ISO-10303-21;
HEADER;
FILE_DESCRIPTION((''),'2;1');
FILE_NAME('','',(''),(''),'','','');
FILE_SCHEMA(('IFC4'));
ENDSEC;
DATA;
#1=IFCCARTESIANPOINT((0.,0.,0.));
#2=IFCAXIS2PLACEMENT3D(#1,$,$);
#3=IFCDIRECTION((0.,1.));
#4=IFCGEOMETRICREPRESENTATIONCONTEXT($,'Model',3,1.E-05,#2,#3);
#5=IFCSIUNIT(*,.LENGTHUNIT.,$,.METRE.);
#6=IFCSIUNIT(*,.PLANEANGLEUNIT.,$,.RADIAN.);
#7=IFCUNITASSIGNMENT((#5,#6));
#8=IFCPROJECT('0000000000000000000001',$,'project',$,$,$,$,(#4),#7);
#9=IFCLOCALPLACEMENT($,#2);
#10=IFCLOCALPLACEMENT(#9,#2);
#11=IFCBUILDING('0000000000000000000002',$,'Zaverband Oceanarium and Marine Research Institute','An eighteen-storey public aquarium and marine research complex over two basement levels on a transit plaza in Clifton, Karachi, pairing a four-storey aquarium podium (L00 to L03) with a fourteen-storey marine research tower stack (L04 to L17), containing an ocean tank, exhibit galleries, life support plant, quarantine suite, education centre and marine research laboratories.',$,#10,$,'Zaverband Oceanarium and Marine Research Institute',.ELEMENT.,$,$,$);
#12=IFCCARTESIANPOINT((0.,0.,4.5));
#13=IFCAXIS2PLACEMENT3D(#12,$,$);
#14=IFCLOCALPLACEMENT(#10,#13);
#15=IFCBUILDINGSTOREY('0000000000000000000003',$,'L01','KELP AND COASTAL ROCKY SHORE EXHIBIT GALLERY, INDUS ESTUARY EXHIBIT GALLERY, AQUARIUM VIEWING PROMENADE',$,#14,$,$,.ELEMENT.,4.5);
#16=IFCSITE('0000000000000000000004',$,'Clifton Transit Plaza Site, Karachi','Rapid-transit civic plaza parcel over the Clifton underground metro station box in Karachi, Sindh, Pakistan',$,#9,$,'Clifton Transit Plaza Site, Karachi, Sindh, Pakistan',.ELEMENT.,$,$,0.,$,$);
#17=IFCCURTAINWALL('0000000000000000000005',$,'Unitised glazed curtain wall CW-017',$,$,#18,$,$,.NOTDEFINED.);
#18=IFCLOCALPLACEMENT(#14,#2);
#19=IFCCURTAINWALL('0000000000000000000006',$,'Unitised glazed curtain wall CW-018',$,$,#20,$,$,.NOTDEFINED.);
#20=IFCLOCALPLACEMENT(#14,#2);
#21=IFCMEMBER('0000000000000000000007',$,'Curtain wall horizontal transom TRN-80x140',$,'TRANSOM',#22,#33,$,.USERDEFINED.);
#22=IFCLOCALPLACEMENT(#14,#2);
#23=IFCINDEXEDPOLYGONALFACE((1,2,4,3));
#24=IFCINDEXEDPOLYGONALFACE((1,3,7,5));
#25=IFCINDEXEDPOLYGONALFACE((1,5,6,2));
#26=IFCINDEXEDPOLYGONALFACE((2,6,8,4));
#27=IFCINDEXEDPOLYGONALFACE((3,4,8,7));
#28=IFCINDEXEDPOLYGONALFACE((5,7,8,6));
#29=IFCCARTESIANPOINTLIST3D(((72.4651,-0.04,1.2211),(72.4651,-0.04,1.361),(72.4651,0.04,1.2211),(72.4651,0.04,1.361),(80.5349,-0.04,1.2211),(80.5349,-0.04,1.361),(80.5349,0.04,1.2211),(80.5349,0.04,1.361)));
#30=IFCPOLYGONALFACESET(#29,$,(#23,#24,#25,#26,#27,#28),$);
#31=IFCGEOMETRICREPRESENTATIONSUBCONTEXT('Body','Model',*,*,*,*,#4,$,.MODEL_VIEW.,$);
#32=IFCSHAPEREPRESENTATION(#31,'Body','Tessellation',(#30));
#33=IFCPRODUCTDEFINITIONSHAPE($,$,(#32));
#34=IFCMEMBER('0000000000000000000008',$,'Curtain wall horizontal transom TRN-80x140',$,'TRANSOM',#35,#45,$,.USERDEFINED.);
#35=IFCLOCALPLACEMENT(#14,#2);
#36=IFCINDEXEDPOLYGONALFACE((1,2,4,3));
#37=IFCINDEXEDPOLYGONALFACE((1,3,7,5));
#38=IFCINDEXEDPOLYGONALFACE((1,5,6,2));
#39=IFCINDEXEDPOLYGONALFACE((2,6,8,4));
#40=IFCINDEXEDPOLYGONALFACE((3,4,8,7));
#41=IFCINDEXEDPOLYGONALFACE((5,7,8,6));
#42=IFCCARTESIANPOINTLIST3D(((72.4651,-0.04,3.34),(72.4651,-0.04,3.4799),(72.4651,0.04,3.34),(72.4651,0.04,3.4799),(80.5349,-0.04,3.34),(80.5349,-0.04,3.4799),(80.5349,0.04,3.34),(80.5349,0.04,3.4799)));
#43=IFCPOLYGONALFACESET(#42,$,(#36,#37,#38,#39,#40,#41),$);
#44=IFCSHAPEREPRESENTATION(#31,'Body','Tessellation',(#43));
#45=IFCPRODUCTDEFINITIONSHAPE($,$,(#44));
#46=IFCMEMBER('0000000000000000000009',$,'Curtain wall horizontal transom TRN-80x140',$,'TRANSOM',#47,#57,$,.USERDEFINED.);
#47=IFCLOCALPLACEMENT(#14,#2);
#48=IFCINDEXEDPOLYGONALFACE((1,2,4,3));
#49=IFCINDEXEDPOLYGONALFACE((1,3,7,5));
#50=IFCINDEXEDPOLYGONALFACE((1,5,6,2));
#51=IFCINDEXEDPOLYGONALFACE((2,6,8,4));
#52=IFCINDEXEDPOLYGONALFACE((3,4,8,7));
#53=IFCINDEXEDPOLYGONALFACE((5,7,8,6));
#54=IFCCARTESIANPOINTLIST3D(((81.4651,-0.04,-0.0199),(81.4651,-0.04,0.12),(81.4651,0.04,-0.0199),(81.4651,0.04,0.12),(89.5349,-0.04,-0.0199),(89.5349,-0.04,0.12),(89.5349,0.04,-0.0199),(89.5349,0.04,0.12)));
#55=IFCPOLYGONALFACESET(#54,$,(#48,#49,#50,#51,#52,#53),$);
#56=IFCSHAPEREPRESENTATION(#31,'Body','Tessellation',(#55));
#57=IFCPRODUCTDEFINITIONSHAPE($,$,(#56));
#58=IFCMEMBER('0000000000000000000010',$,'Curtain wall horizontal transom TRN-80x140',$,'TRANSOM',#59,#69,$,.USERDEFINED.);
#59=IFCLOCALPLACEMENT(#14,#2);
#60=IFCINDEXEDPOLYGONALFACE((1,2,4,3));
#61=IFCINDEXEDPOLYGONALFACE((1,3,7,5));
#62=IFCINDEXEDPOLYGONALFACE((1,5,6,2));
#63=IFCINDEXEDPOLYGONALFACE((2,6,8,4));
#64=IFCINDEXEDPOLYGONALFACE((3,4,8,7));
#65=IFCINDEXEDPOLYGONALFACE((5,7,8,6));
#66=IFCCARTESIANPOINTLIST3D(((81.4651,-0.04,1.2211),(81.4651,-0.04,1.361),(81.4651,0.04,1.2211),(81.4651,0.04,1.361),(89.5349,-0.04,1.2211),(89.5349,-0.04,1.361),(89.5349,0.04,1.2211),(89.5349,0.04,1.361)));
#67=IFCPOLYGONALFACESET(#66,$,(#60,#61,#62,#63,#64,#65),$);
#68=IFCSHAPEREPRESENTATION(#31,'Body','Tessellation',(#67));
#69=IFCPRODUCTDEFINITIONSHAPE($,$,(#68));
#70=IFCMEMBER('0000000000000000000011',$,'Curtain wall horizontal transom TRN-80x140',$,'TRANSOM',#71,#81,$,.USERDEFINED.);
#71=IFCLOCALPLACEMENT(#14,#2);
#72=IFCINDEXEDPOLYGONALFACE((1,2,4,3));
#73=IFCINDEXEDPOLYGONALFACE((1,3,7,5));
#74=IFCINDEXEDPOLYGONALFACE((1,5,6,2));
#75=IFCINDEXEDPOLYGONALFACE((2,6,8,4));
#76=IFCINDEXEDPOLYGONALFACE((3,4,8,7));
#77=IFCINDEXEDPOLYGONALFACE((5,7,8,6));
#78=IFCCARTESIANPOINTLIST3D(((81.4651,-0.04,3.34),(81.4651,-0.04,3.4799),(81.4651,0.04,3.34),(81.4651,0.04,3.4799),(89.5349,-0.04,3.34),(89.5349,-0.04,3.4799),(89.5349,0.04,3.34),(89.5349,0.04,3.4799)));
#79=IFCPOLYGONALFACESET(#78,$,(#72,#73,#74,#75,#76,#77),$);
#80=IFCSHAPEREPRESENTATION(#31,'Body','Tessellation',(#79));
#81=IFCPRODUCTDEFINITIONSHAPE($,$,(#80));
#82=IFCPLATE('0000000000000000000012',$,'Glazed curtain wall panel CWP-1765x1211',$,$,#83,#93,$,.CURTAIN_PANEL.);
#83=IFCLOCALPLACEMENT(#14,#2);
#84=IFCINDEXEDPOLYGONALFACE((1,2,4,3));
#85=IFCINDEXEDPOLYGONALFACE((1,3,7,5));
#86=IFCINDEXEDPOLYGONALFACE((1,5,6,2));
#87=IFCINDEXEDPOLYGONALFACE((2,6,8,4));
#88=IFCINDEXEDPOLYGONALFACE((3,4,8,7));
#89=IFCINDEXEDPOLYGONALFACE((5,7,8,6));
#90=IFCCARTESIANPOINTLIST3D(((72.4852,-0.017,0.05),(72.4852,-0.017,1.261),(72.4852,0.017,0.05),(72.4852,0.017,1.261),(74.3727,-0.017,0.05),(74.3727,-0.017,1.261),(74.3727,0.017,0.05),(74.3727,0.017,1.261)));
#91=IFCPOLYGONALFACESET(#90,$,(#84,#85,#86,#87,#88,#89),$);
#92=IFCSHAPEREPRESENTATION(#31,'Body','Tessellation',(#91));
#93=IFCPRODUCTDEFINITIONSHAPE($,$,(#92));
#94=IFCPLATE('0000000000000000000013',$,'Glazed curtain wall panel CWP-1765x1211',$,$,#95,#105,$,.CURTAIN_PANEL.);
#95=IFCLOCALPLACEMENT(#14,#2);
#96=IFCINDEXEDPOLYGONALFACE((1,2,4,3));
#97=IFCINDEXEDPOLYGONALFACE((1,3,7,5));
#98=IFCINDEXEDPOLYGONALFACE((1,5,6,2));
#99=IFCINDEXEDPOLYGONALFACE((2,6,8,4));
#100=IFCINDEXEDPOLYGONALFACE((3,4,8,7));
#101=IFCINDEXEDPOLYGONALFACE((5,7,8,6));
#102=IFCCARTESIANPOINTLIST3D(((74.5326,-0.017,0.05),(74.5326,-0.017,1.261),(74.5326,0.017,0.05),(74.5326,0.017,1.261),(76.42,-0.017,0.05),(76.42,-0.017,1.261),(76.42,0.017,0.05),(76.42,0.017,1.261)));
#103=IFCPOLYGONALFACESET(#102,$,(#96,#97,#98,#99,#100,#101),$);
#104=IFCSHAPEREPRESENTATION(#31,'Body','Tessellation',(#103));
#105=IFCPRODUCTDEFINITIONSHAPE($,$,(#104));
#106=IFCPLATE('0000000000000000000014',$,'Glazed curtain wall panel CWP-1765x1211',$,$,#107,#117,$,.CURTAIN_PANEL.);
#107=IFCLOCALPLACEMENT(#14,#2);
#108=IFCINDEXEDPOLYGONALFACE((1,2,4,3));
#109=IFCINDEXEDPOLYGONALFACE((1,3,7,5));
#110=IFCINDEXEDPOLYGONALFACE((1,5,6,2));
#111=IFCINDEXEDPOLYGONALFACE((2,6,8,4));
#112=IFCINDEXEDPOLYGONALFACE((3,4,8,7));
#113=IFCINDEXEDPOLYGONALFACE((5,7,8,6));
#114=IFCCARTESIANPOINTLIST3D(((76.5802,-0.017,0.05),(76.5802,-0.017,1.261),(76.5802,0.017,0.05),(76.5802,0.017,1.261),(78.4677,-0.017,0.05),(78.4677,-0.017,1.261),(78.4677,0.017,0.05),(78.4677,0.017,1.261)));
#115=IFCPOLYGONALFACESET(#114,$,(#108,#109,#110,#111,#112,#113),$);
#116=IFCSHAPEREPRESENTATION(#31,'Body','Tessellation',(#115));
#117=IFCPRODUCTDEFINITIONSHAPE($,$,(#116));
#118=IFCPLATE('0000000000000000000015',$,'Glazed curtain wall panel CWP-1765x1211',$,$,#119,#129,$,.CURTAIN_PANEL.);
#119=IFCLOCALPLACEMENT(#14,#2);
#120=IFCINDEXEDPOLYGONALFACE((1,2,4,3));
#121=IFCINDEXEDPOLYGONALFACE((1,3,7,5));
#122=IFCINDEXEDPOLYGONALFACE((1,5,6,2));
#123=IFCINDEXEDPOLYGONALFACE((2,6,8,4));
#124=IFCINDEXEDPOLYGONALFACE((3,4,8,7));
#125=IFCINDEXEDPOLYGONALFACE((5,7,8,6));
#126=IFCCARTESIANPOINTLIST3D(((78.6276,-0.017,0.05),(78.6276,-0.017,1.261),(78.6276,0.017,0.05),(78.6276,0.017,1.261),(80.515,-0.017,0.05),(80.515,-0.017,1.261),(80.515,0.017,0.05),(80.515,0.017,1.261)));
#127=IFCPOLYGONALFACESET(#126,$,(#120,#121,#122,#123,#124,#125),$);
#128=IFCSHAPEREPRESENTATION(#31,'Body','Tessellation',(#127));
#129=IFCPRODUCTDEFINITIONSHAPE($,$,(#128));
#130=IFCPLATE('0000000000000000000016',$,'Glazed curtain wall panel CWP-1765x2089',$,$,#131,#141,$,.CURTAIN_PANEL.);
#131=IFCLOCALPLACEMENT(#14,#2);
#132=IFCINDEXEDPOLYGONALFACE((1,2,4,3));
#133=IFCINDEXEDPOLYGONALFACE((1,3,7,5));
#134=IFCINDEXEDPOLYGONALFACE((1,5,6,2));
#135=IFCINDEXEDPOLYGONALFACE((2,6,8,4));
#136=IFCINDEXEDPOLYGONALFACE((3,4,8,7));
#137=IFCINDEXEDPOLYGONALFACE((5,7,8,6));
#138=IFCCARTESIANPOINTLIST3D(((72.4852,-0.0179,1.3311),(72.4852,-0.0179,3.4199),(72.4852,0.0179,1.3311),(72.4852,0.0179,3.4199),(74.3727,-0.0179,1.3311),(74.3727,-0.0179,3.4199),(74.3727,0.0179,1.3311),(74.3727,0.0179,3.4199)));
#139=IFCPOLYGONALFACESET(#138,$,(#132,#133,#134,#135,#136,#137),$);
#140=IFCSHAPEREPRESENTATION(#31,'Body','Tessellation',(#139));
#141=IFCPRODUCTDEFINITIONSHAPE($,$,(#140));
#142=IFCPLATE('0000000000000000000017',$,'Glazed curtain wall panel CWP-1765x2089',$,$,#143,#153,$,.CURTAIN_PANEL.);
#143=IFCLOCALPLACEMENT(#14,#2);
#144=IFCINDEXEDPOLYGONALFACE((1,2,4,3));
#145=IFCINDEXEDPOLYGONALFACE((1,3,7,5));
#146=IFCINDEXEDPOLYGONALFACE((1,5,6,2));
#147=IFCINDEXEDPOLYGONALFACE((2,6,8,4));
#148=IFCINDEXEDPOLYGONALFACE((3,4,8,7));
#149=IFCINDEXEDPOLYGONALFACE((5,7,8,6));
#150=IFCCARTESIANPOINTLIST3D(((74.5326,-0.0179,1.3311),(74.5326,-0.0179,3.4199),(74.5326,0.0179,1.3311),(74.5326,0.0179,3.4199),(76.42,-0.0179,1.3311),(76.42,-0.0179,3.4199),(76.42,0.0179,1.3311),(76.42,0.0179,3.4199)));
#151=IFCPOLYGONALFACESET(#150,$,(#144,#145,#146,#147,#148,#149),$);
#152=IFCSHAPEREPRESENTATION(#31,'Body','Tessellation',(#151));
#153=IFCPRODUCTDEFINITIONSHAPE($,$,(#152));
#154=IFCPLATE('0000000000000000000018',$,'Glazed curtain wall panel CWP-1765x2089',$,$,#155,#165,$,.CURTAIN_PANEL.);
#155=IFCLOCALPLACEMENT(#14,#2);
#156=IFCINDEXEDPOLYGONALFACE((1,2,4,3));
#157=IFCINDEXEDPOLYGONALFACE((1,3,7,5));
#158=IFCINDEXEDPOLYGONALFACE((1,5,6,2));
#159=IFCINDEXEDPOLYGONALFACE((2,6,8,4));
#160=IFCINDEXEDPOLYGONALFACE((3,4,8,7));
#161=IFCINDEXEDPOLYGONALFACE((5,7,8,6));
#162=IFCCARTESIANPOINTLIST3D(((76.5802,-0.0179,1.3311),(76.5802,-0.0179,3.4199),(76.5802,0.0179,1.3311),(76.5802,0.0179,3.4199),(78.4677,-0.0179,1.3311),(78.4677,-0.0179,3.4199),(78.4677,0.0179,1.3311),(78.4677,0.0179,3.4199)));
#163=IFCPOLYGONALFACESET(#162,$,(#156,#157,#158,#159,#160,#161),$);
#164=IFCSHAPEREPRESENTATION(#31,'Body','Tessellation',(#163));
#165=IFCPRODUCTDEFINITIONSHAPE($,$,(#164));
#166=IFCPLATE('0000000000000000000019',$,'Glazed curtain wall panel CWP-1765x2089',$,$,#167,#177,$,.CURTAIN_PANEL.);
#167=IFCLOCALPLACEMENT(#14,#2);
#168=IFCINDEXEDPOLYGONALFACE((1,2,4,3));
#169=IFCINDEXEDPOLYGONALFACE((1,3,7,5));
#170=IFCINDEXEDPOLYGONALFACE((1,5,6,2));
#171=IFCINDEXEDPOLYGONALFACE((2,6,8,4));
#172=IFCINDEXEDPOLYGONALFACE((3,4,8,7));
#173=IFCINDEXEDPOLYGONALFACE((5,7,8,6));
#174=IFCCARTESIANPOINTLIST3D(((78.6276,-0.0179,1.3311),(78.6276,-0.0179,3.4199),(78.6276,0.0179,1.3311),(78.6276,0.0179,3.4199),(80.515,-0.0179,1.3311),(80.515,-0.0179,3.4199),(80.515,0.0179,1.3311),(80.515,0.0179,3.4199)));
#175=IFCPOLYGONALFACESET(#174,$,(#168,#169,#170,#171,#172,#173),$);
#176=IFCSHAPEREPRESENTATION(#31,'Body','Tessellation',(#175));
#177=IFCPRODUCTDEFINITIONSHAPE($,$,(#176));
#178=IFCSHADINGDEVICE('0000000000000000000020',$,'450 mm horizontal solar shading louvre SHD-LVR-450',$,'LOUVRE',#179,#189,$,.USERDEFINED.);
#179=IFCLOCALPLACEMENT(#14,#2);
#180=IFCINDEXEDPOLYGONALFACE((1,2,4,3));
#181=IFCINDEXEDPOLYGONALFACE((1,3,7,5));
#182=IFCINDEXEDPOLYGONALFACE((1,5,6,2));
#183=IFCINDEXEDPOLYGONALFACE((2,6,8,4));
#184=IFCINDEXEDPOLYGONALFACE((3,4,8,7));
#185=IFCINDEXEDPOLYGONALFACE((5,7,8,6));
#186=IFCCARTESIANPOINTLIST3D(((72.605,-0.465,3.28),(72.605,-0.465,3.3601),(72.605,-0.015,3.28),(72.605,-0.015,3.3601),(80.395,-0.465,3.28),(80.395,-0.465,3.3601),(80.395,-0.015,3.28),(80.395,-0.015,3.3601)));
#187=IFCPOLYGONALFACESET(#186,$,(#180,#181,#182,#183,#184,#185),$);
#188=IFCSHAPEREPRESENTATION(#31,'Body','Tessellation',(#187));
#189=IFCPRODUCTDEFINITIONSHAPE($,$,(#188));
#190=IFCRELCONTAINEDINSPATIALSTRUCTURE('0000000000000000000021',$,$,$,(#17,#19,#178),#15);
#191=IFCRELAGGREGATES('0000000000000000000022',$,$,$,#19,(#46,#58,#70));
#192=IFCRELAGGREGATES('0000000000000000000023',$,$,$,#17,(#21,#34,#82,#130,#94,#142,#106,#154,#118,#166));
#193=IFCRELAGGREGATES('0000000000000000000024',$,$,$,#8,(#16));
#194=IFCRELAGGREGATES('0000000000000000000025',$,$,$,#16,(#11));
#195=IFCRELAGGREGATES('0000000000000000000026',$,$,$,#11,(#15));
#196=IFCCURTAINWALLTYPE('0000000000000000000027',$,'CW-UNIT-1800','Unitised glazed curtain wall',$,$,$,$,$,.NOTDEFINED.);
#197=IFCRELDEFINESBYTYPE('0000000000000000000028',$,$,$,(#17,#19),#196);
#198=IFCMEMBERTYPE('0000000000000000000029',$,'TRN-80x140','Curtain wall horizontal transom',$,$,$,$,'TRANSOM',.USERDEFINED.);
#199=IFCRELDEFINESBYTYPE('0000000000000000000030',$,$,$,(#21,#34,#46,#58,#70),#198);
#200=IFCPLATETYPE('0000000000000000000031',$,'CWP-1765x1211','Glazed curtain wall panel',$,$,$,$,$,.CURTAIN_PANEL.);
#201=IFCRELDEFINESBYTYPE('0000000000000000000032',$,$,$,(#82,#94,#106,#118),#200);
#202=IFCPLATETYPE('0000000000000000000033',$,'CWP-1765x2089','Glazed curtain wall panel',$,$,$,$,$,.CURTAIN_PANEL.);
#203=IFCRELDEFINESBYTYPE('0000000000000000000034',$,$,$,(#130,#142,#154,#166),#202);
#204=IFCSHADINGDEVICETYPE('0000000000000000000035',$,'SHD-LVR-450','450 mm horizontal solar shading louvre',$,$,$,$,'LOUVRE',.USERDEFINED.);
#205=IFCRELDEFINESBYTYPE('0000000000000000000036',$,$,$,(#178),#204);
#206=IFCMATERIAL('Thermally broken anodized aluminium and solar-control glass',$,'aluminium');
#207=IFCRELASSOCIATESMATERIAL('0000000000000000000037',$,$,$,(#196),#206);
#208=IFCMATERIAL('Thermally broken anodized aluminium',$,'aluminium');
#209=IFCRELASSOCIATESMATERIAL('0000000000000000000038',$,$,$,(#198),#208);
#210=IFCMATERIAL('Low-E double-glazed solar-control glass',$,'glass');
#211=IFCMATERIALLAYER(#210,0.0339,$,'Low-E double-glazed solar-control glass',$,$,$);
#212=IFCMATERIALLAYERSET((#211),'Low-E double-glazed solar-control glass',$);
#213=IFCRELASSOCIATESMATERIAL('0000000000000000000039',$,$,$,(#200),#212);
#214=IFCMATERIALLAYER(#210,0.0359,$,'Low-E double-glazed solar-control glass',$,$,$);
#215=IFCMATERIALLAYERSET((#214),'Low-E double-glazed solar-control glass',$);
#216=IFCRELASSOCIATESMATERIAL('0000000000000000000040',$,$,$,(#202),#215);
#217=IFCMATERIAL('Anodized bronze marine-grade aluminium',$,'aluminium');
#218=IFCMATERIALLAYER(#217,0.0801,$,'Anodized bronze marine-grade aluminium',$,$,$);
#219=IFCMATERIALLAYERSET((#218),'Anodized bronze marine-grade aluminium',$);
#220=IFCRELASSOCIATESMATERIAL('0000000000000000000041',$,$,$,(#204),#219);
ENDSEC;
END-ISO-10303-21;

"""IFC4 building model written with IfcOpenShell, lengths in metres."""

from ifc_helpers import new_model, si_unit, direction, frame, frame_2d, origin, origin_2d, place, context, subcontext, project, spatial, rectangle, extrude, material, layer, layer_set, material_profile, profile_set, type_object, element, aggregate, save


model = new_model("IFC4")

# Units and contexts
model_context = context("Model", 3, precision=1e-05, world=origin(), true_north=direction((0.0, 1.0)))
body_context = subcontext(model_context, "Body", "Model", "MODEL_VIEW")
ifc_project = project(units=[si_unit("LENGTHUNIT", "METRE"), si_unit("PLANEANGLEUNIT", "RADIAN")], contexts=[model_context])

# Site, building, storey
site_placement = place(None, origin())
site = spatial("IfcSite", under=ifc_project, at=site_placement, Name="Clifton Transit Plaza Site, Karachi", Description="Rapid-transit civic plaza parcel over the Clifton underground metro station box in Karachi, Sindh, Pakistan", LongName="Clifton Transit Plaza Site, Karachi, Sindh, Pakistan", CompositionType="ELEMENT", RefElevation=0.0)
building_placement = place(site_placement, origin())
building = spatial("IfcBuilding", under=site, at=building_placement, Name="Zaverband Oceanarium and Marine Research Institute", Description="An eighteen-storey public aquarium and marine research complex over two basement levels on a transit plaza in Clifton, Karachi, pairing a four-storey aquarium podium (L00 to L03) with a fourteen-storey marine research tower stack (L04 to L17), containing an ocean tank, exhibit galleries, life support plant, quarantine suite, education centre and marine research laboratories.", LongName="Zaverband Oceanarium and Marine Research Institute", CompositionType="ELEMENT")
storey_placement = place(building_placement, frame((0.0, 0.0, 4.5)))
storey = spatial("IfcBuildingStorey", under=building, at=storey_placement, Name="L01", Description="KELP AND COASTAL ROCKY SHORE EXHIBIT GALLERY, INDUS ESTUARY EXHIBIT GALLERY, AQUARIUM VIEWING PROMENADE", CompositionType="ELEMENT", Elevation=4.5)

# Curtain wall
ifc_material_1 = material(Name="Thermally broken anodized aluminium and solar-control glass", Category="aluminium")
curtain_wall_type = type_object("IfcCurtainWallType", Name="CW-UNIT-1800", Description="Unitised glazed curtain wall", PredefinedType="NOTDEFINED", material=ifc_material_1)
curtain_wall_1_placement = place(storey_placement, origin())
curtain_wall_1 = element("IfcCurtainWall", 1, at=curtain_wall_1_placement, inside=storey, type_object=curtain_wall_type, Name="Unitised glazed curtain wall CW-017", PredefinedType="NOTDEFINED")
ifc_material_2 = material(Name="Thermally broken anodized aluminium", Category="aluminium")

# Curtain wall
curtain_wall_2_placement = place(storey_placement, origin())
curtain_wall_2 = element("IfcCurtainWall", 2, at=curtain_wall_2_placement, inside=storey, type_object=curtain_wall_type, Name="Unitised glazed curtain wall CW-018", PredefinedType="NOTDEFINED")

# Members
ifc_material_profile_1 = material_profile(ifc_material_2, rectangle(XDim=0.0801, YDim=0.1399, at=origin_2d()), Name="AL-TRN-80x140")
ifc_profile_set_1 = profile_set([ifc_material_profile_1], Name="Thermally broken anodized aluminium")
member_type_1 = type_object("IfcMemberType", Name="TRN-80x140", Description="Curtain wall horizontal transom", ElementType="TRANSOM", PredefinedType="USERDEFINED", material=ifc_profile_set_1)
member_1_placement = place(storey_placement, frame((72.4651, 0.0, 1.291), z_axis=(1.0, 0.0, 0.0), x_axis=(0.0, 1.0, 0.0)))
member_1 = element("IfcMember", 3, at=member_1_placement, type_object=member_type_1, Name="Curtain wall horizontal transom TRN-80x140", ObjectType="TRANSOM", PredefinedType="USERDEFINED", context=body_context, shape_type="SweptSolid", body=[
    extrude(rectangle(XDim=0.0801, YDim=0.1399, at=origin_2d()), origin(), (0.0, 0.0, 1.0), 8.0698),
])
member_2_placement = place(storey_placement, frame((72.4651, 0.0, 3.4099), z_axis=(1.0, 0.0, 0.0), x_axis=(0.0, 1.0, 0.0)))
member_2 = element("IfcMember", 4, at=member_2_placement, type_object=member_type_1, Name="Curtain wall horizontal transom TRN-80x140", ObjectType="TRANSOM", PredefinedType="USERDEFINED", context=body_context, shape_type="SweptSolid", body=[
    extrude(rectangle(XDim=0.0801, YDim=0.1399, at=origin_2d()), origin(), (0.0, 0.0, 1.0), 8.0698),
])
member_3_placement = place(storey_placement, frame((81.4651, 0.0, 0.05), z_axis=(1.0, 0.0, 0.0), x_axis=(0.0, 1.0, 0.0)))
member_3 = element("IfcMember", 5, at=member_3_placement, type_object=member_type_1, Name="Curtain wall horizontal transom TRN-80x140", ObjectType="TRANSOM", PredefinedType="USERDEFINED", context=body_context, shape_type="SweptSolid", body=[
    extrude(rectangle(XDim=0.0801, YDim=0.1399, at=origin_2d()), origin(), (0.0, 0.0, 1.0), 8.0698),
])
member_4_placement = place(storey_placement, frame((81.4651, 0.0, 1.291), z_axis=(1.0, 0.0, 0.0), x_axis=(0.0, 1.0, 0.0)))
member_4 = element("IfcMember", 6, at=member_4_placement, type_object=member_type_1, Name="Curtain wall horizontal transom TRN-80x140", ObjectType="TRANSOM", PredefinedType="USERDEFINED", context=body_context, shape_type="SweptSolid", body=[
    extrude(rectangle(XDim=0.0801, YDim=0.1399, at=origin_2d()), origin(), (0.0, 0.0, 1.0), 8.0698),
])
member_5_placement = place(storey_placement, frame((81.4651, 0.0, 3.4099), z_axis=(1.0, 0.0, 0.0), x_axis=(0.0, 1.0, 0.0)))
member_5 = element("IfcMember", 7, at=member_5_placement, type_object=member_type_1, Name="Curtain wall horizontal transom TRN-80x140", ObjectType="TRANSOM", PredefinedType="USERDEFINED", context=body_context, shape_type="SweptSolid", body=[
    extrude(rectangle(XDim=0.0801, YDim=0.1399, at=origin_2d()), origin(), (0.0, 0.0, 1.0), 8.0698),
])
aggregate(curtain_wall_2, [member_3, member_4, member_5])

# Plates
ifc_material_3 = material(Name="Low-E double-glazed solar-control glass", Category="glass")
ifc_layer_1 = layer(ifc_material_3, 0.0339, Name="Low-E double-glazed solar-control glass")
ifc_layer_set_1 = layer_set([ifc_layer_1], Name="Low-E double-glazed solar-control glass")
plate_type_1 = type_object("IfcPlateType", Name="CWP-1765x1211", Description="Glazed curtain wall panel", PredefinedType="CURTAIN_PANEL", material=ifc_layer_set_1)
plate_1_placement = place(storey_placement, frame((72.4851, 0.0, 0.05), z_axis=(0.0, 0.0, 1.0), x_axis=(1.0, 0.0, 0.0)))
plate_1 = element("IfcPlate", 8, at=plate_1_placement, type_object=plate_type_1, Name="Glazed curtain wall panel CWP-1765x1211", PredefinedType="CURTAIN_PANEL", context=body_context, shape_type="SweptSolid", body=[
    extrude(rectangle(XDim=1.8875, YDim=0.0339, at=frame_2d((0.9438, 0.0))), origin(), (0.0, 0.0, 1.0), 1.2109),
])
plate_2_placement = place(storey_placement, frame((74.5325, 0.0, 0.05), z_axis=(0.0, 0.0, 1.0), x_axis=(1.0, 0.0, 0.0)))
plate_2 = element("IfcPlate", 9, at=plate_2_placement, type_object=plate_type_1, Name="Glazed curtain wall panel CWP-1765x1211", PredefinedType="CURTAIN_PANEL", context=body_context, shape_type="SweptSolid", body=[
    extrude(rectangle(XDim=1.8875, YDim=0.0339, at=frame_2d((0.9438, 0.0))), origin(), (0.0, 0.0, 1.0), 1.2109),
])
plate_3_placement = place(storey_placement, frame((76.5801, 0.0, 0.05), z_axis=(0.0, 0.0, 1.0), x_axis=(1.0, 0.0, 0.0)))
plate_3 = element("IfcPlate", 10, at=plate_3_placement, type_object=plate_type_1, Name="Glazed curtain wall panel CWP-1765x1211", PredefinedType="CURTAIN_PANEL", context=body_context, shape_type="SweptSolid", body=[
    extrude(rectangle(XDim=1.8875, YDim=0.0339, at=frame_2d((0.9438, 0.0))), origin(), (0.0, 0.0, 1.0), 1.2109),
])
plate_4_placement = place(storey_placement, frame((78.6274, 0.0, 0.05), z_axis=(0.0, 0.0, 1.0), x_axis=(1.0, 0.0, 0.0)))
plate_4 = element("IfcPlate", 11, at=plate_4_placement, type_object=plate_type_1, Name="Glazed curtain wall panel CWP-1765x1211", PredefinedType="CURTAIN_PANEL", context=body_context, shape_type="SweptSolid", body=[
    extrude(rectangle(XDim=1.8875, YDim=0.0339, at=frame_2d((0.9438, 0.0))), origin(), (0.0, 0.0, 1.0), 1.2109),
])
ifc_layer_2 = layer(ifc_material_3, 0.0359, Name="Low-E double-glazed solar-control glass")
ifc_layer_set_2 = layer_set([ifc_layer_2], Name="Low-E double-glazed solar-control glass")
plate_type_2 = type_object("IfcPlateType", Name="CWP-1765x2089", Description="Glazed curtain wall panel", PredefinedType="CURTAIN_PANEL", material=ifc_layer_set_2)
plate_5_placement = place(storey_placement, frame((72.4851, 0.0, 1.3311), z_axis=(0.0, 0.0, 1.0), x_axis=(1.0, 0.0, 0.0)))
plate_5 = element("IfcPlate", 12, at=plate_5_placement, type_object=plate_type_2, Name="Glazed curtain wall panel CWP-1765x2089", PredefinedType="CURTAIN_PANEL", context=body_context, shape_type="SweptSolid", body=[
    extrude(rectangle(XDim=1.8875, YDim=0.0359, at=frame_2d((0.9438, 0.0))), origin(), (0.0, 0.0, 1.0), 2.0889),
])
plate_6_placement = place(storey_placement, frame((74.5325, 0.0, 1.3311), z_axis=(0.0, 0.0, 1.0), x_axis=(1.0, 0.0, 0.0)))
plate_6 = element("IfcPlate", 13, at=plate_6_placement, type_object=plate_type_2, Name="Glazed curtain wall panel CWP-1765x2089", PredefinedType="CURTAIN_PANEL", context=body_context, shape_type="SweptSolid", body=[
    extrude(rectangle(XDim=1.8875, YDim=0.0359, at=frame_2d((0.9438, 0.0))), origin(), (0.0, 0.0, 1.0), 2.0889),
])
plate_7_placement = place(storey_placement, frame((76.5801, 0.0, 1.3311), z_axis=(0.0, 0.0, 1.0), x_axis=(1.0, 0.0, 0.0)))
plate_7 = element("IfcPlate", 14, at=plate_7_placement, type_object=plate_type_2, Name="Glazed curtain wall panel CWP-1765x2089", PredefinedType="CURTAIN_PANEL", context=body_context, shape_type="SweptSolid", body=[
    extrude(rectangle(XDim=1.8875, YDim=0.0359, at=frame_2d((0.9438, 0.0))), origin(), (0.0, 0.0, 1.0), 2.0889),
])
plate_8_placement = place(storey_placement, frame((78.6274, 0.0, 1.3311), z_axis=(0.0, 0.0, 1.0), x_axis=(1.0, 0.0, 0.0)))
plate_8 = element("IfcPlate", 15, at=plate_8_placement, type_object=plate_type_2, Name="Glazed curtain wall panel CWP-1765x2089", PredefinedType="CURTAIN_PANEL", context=body_context, shape_type="SweptSolid", body=[
    extrude(rectangle(XDim=1.8875, YDim=0.0359, at=frame_2d((0.9438, 0.0))), origin(), (0.0, 0.0, 1.0), 2.0889),
])
aggregate(curtain_wall_1, [member_1, member_2, plate_1, plate_5, plate_2, plate_6, plate_3, plate_7, plate_4, plate_8])

# Shading device
ifc_material_4 = material(Name="Anodized bronze marine-grade aluminium", Category="aluminium")
ifc_layer_3 = layer(ifc_material_4, 0.0801, Name="Anodized bronze marine-grade aluminium")
ifc_layer_set_3 = layer_set([ifc_layer_3], Name="Anodized bronze marine-grade aluminium")
shading_device_type = type_object("IfcShadingDeviceType", Name="SHD-LVR-450", Description="450 mm horizontal solar shading louvre", ElementType="LOUVRE", PredefinedType="USERDEFINED", material=ifc_layer_set_3)
shading_device_placement = place(storey_placement, frame((72.605, -0.24, 3.28), z_axis=(0.0, 0.0, 1.0), x_axis=(1.0, 0.0, 0.0)))
element("IfcShadingDevice", 16, at=shading_device_placement, inside=storey, type_object=shading_device_type, Name="450 mm horizontal solar shading louvre SHD-LVR-450", ObjectType="LOUVRE", PredefinedType="USERDEFINED", context=body_context, shape_type="SweptSolid", body=[
    extrude(rectangle(XDim=7.79, YDim=0.45, at=frame_2d((3.895, 0.0))), origin(), (0.0, 0.0, 1.0), 0.0801),
])

save(model, "model.ifc")
